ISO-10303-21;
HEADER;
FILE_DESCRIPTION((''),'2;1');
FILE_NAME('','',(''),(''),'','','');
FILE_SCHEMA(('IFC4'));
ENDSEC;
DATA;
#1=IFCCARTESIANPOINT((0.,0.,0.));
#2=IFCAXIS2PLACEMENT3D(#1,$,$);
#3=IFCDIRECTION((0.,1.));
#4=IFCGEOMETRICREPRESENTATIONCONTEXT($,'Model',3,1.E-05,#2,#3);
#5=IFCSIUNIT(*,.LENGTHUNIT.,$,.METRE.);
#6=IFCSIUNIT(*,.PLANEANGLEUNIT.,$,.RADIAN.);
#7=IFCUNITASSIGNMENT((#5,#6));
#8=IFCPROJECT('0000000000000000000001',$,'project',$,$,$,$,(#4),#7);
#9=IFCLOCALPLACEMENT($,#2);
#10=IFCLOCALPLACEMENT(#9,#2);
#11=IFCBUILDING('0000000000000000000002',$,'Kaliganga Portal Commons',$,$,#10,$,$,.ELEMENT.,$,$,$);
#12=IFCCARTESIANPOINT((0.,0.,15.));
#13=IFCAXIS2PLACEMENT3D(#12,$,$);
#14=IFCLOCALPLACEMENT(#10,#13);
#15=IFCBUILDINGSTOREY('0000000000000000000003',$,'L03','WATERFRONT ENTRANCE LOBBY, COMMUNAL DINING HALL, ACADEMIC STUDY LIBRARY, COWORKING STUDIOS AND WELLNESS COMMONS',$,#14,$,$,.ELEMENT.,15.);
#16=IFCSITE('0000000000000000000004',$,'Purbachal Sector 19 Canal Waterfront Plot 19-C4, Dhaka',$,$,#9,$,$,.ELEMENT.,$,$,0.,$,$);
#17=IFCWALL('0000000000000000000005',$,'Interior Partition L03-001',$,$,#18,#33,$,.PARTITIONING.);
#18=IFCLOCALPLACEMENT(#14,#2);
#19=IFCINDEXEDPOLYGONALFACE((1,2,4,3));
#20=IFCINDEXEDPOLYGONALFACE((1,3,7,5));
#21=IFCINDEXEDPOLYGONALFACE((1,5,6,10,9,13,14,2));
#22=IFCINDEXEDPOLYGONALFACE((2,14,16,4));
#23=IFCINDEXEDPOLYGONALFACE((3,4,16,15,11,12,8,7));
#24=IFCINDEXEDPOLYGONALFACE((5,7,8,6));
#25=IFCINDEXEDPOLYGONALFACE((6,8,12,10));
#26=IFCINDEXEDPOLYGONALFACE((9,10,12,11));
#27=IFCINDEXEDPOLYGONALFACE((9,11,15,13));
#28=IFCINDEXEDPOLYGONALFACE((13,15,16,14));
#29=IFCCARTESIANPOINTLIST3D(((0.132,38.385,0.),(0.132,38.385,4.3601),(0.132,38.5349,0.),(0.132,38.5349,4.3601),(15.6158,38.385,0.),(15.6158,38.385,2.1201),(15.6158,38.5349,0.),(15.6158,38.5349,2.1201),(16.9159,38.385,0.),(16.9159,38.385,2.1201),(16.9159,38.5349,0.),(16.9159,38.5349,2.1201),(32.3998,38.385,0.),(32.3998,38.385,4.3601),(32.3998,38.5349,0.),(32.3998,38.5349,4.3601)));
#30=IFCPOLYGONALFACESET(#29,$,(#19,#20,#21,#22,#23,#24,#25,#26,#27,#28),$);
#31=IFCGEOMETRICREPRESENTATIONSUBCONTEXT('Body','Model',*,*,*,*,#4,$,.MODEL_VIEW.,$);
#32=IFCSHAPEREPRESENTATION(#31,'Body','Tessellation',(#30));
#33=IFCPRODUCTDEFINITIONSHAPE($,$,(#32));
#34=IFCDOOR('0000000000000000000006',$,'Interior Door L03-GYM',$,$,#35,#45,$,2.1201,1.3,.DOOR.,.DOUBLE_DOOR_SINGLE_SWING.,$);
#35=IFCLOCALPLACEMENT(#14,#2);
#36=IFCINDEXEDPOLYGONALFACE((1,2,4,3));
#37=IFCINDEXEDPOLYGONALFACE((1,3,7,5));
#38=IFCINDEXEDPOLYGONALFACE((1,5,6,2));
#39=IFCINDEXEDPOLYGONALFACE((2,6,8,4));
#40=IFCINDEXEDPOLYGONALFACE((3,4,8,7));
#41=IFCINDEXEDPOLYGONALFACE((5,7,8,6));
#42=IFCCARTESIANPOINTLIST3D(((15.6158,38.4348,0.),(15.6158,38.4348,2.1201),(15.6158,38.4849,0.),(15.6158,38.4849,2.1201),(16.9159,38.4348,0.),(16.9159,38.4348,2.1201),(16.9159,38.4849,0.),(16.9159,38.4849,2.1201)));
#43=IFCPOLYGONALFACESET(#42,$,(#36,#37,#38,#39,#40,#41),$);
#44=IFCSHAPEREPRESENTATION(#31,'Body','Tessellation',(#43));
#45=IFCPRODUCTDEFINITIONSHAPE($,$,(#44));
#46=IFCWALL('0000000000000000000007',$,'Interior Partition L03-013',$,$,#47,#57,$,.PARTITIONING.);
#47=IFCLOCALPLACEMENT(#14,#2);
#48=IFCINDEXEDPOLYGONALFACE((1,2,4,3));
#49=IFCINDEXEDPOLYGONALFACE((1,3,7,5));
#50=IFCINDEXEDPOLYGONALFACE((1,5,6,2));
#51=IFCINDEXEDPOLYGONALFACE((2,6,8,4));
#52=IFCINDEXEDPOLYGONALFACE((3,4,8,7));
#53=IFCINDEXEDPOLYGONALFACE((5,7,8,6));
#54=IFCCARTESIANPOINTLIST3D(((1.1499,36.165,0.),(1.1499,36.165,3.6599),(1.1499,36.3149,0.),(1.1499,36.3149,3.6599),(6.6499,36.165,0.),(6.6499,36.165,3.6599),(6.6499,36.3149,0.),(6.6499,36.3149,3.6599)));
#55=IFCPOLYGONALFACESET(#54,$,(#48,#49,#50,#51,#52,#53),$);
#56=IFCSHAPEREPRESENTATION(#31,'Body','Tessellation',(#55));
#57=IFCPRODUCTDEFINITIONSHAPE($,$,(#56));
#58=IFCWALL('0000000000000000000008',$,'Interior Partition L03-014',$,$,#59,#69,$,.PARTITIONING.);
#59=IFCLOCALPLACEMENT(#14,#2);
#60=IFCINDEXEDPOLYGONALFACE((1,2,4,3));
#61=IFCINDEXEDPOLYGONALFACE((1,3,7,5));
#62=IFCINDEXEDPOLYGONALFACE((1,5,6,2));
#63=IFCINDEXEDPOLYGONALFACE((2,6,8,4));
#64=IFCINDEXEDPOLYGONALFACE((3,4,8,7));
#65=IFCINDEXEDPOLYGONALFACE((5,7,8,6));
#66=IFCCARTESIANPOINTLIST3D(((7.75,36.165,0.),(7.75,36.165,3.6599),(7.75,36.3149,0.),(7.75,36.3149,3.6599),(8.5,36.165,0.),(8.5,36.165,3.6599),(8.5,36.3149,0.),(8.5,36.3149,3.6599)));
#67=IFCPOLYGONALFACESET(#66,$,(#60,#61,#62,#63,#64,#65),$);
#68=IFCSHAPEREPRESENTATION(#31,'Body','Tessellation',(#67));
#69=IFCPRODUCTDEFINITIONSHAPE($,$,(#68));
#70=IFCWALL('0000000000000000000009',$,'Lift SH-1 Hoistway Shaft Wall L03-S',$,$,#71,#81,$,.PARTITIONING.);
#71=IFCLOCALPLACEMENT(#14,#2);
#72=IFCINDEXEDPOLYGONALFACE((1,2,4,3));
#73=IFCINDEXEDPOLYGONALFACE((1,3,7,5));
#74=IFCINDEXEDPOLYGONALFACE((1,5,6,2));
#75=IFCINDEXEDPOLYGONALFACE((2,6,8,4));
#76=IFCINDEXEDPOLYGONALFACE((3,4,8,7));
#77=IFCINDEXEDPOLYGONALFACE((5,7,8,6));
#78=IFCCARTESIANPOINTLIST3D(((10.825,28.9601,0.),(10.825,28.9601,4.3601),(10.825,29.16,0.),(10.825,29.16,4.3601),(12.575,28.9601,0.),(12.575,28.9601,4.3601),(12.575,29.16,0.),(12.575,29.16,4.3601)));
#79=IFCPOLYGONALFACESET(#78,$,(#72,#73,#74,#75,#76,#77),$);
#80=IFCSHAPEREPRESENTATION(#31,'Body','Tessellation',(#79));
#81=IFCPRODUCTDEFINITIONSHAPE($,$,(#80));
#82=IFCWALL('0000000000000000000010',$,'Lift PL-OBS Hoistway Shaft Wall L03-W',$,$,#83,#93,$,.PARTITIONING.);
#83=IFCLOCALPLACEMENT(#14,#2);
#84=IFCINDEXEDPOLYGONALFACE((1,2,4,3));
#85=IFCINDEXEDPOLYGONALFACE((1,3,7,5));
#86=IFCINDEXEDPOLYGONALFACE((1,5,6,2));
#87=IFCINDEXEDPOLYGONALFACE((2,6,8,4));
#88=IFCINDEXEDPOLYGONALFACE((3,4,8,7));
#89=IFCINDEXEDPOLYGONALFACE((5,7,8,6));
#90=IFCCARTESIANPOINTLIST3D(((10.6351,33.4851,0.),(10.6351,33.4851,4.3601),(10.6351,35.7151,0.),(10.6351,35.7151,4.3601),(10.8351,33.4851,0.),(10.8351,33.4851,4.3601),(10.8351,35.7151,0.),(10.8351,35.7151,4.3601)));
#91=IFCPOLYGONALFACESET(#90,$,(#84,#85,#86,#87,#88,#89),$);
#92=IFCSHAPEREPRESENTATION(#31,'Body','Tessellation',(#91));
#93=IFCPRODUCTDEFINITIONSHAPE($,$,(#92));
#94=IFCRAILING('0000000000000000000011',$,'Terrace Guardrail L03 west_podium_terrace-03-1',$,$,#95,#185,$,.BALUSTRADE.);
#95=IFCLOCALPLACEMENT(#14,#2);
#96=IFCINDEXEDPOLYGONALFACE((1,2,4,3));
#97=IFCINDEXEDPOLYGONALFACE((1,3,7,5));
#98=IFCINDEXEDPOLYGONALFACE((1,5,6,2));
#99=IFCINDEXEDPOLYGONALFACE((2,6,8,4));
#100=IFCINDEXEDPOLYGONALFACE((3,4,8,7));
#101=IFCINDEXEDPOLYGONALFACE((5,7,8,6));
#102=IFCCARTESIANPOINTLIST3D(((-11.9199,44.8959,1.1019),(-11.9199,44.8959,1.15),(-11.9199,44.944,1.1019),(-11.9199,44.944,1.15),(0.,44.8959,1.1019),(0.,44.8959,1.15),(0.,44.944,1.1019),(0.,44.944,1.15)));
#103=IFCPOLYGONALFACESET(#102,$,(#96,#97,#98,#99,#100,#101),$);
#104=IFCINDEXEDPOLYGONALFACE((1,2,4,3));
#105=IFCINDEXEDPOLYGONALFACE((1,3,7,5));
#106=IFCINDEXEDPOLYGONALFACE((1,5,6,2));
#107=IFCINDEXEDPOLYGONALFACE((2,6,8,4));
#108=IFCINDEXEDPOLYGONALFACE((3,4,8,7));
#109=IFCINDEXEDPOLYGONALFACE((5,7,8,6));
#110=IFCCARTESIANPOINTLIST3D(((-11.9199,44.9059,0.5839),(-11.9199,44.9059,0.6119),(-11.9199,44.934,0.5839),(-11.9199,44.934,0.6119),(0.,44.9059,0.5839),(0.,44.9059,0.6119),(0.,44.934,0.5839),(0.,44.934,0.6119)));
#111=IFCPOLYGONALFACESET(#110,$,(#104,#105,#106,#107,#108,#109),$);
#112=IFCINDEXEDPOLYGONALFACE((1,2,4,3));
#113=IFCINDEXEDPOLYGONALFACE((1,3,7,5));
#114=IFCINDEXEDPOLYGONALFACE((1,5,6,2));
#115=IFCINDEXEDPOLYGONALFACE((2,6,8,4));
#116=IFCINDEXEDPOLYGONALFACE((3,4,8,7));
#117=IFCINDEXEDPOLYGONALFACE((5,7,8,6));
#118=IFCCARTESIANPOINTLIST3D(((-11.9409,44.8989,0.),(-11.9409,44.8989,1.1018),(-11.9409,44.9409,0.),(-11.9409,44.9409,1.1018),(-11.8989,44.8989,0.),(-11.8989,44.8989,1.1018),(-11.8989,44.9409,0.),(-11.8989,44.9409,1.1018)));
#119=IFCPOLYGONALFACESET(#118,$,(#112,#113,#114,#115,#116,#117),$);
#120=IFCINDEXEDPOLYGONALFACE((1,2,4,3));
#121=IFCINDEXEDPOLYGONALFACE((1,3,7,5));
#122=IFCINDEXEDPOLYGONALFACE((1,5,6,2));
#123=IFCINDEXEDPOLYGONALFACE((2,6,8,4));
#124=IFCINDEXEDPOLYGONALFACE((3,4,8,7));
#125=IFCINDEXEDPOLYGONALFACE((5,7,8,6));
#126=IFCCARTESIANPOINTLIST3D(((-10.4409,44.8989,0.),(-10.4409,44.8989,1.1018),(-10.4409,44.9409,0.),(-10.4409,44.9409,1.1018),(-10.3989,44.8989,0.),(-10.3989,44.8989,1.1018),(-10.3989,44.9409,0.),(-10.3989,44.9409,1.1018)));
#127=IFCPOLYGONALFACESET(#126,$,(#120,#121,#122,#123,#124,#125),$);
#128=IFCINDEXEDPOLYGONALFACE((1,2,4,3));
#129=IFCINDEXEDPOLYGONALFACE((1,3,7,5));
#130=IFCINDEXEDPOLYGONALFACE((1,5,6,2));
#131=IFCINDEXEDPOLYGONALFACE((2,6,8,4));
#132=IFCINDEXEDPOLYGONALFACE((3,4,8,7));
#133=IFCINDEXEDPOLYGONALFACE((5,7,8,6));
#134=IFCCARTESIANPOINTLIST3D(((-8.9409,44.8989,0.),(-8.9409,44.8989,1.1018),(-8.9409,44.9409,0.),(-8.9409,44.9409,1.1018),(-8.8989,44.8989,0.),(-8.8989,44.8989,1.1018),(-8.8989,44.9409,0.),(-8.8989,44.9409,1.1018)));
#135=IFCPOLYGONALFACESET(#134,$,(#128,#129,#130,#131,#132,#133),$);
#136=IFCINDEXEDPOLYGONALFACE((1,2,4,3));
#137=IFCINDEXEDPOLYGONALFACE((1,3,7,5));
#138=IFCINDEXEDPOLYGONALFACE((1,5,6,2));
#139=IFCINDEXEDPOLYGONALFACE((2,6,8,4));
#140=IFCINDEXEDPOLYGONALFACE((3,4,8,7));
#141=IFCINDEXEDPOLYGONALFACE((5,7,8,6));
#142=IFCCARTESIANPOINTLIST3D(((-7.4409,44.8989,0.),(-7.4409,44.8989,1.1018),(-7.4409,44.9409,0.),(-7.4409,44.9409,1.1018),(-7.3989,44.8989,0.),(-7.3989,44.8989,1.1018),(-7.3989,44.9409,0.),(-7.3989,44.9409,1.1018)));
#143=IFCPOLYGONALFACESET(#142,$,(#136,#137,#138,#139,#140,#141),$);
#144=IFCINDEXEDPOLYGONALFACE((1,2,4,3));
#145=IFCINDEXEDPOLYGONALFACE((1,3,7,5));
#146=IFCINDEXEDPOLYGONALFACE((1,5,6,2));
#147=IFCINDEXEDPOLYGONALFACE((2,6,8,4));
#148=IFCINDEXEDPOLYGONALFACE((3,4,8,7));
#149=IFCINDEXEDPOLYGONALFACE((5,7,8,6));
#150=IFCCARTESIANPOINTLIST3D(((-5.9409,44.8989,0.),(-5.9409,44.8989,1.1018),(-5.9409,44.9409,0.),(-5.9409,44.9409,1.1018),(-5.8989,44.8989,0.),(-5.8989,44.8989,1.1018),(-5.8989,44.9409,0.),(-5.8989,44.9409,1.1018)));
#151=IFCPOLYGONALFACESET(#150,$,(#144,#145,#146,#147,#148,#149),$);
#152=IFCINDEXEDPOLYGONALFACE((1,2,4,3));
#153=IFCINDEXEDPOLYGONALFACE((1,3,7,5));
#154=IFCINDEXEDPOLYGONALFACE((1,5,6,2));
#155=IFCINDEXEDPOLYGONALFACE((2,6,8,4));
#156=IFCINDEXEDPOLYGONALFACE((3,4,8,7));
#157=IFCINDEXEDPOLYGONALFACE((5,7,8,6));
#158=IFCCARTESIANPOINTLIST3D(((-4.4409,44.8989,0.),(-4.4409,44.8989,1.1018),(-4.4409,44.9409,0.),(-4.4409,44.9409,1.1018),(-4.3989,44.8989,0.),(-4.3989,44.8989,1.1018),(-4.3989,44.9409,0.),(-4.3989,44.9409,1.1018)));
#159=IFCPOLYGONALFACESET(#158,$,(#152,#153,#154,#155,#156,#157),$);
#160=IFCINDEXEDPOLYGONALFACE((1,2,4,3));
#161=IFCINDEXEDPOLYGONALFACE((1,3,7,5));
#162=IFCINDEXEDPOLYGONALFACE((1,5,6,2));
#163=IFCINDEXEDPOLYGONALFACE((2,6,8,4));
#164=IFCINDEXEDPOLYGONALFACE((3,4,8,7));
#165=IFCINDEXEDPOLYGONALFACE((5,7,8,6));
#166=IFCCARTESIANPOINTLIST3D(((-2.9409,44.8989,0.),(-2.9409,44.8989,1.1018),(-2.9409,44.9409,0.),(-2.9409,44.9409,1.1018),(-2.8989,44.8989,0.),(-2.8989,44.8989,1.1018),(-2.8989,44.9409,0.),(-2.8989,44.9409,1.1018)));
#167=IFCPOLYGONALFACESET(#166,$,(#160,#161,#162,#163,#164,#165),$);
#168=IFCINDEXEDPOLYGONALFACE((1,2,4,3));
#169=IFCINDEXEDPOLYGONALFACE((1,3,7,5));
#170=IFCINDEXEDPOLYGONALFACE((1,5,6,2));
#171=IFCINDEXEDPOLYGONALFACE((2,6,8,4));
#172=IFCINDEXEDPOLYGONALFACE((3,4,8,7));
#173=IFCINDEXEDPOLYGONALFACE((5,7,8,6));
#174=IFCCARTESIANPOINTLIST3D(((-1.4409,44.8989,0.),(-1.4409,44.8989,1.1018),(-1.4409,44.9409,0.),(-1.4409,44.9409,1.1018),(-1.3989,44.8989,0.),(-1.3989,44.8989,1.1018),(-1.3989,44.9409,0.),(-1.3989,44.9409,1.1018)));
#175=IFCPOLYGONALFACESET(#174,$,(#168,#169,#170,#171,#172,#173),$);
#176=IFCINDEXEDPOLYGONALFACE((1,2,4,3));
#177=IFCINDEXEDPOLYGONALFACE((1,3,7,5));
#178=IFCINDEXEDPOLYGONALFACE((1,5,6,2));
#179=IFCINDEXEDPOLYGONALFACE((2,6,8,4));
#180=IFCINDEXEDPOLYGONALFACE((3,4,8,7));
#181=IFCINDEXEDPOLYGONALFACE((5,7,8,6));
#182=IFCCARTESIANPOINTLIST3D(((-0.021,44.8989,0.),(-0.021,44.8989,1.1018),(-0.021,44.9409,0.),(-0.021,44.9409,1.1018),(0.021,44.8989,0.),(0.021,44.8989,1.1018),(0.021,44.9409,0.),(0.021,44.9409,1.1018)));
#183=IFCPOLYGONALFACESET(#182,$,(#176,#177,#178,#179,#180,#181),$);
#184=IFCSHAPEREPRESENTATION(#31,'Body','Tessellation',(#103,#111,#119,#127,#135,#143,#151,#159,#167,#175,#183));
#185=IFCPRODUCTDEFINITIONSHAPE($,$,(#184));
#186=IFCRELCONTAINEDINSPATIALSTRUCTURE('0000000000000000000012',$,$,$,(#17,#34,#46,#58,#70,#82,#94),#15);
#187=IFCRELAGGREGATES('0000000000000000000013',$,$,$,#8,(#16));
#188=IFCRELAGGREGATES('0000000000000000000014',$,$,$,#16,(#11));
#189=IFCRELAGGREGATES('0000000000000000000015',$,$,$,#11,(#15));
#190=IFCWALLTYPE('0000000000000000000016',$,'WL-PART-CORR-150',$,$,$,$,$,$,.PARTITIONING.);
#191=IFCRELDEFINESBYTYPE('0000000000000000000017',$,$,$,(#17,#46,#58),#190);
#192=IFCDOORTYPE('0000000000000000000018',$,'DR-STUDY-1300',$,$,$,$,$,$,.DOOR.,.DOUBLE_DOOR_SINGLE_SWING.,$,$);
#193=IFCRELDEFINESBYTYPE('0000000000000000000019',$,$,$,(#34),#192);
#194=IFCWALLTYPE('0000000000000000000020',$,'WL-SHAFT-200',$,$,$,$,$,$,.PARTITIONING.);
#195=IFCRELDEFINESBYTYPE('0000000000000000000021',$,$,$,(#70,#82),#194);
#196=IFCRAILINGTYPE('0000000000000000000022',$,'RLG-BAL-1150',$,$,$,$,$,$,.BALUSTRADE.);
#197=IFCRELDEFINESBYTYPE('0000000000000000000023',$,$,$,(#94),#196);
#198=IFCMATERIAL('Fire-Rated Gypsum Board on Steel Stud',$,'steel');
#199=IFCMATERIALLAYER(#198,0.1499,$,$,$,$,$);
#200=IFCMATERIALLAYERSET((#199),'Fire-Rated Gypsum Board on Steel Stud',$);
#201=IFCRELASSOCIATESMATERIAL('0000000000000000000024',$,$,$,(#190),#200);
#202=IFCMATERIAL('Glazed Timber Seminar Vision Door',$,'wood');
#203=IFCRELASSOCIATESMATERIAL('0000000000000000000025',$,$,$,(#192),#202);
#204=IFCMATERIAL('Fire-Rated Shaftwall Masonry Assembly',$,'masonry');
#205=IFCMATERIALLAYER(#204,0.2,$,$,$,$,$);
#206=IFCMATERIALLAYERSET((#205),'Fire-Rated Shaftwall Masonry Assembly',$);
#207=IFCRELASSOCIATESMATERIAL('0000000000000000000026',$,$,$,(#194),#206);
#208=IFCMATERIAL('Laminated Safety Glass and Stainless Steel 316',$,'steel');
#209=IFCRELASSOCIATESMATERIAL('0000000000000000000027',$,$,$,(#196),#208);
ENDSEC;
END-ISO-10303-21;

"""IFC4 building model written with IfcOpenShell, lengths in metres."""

from ifc_helpers import new_model, si_unit, direction, frame, frame_2d, origin, origin_2d, place, context, subcontext, project, spatial, rectangle, extrude, material, layer, layer_set, type_object, element, fill, save


model = new_model("IFC4")

# Units and contexts
model_context = context("Model", 3, precision=1e-05, world=origin(), true_north=direction((0.0, 1.0)))
body_context = subcontext(model_context, "Body", "Model", "MODEL_VIEW")
ifc_project = project(units=[si_unit("LENGTHUNIT", "METRE"), si_unit("PLANEANGLEUNIT", "RADIAN")], contexts=[model_context])

# Site, building, storey
site_placement = place(None, origin())
site = spatial("IfcSite", under=ifc_project, at=site_placement, Name="Purbachal Sector 19 Canal Waterfront Plot 19-C4, Dhaka", CompositionType="ELEMENT", RefElevation=0.0)
building_placement = place(site_placement, origin())
building = spatial("IfcBuilding", under=site, at=building_placement, Name="Kaliganga Portal Commons", CompositionType="ELEMENT")
storey_placement = place(building_placement, frame((0.0, 0.0, 15.0)))
storey = spatial("IfcBuildingStorey", under=building, at=storey_placement, Name="L03", Description="WATERFRONT ENTRANCE LOBBY, COMMUNAL DINING HALL, ACADEMIC STUDY LIBRARY, COWORKING STUDIOS AND WELLNESS COMMONS", CompositionType="ELEMENT", Elevation=15.0)

# Wall, opening, door
ifc_material_1 = material(Name="Fire-Rated Gypsum Board on Steel Stud", Category="steel")
ifc_layer_1 = layer(ifc_material_1, 0.1499)
ifc_layer_set_1 = layer_set([ifc_layer_1], Name="Fire-Rated Gypsum Board on Steel Stud")
wall_type_1 = type_object("IfcWallType", Name="WL-PART-CORR-150", PredefinedType="PARTITIONING", material=ifc_layer_set_1)
wall_1_placement = place(storey_placement, frame((0.1321, 38.46, 0.0), z_axis=(0.0, 0.0, 1.0), x_axis=(1.0, 0.0, 0.0)))
wall_1 = element("IfcWall", 1, at=wall_1_placement, inside=storey, type_object=wall_type_1, Name="Interior Partition L03-001", PredefinedType="PARTITIONING", context=body_context, shape_type="SweptSolid", body=[
    extrude(rectangle(XDim=32.2678, YDim=0.1499, at=frame_2d((16.1338, 0.0))), origin(), (0.0, 0.0, 1.0), 4.3601),
])
opening_1_placement = place(wall_1_placement, frame((15.4839, 0.0, 0.0)))
opening_1 = element("IfcOpeningElement", 2, at=opening_1_placement, cuts=wall_1, PredefinedType="OPENING", context=body_context, shape_type="SweptSolid", body=[
    extrude(rectangle(XDim=1.3, YDim=2.1201, at=frame_2d((0.6499, 1.0601))), frame((0.0, 0.085, 0.0), z_axis=(0.0, -1.0, 0.0), x_axis=(1.0, 0.0, 0.0)), (0.0, 0.0, 1.0), 0.1699),
])
ifc_material_2 = material(Name="Glazed Timber Seminar Vision Door", Category="wood")
door_type_1 = type_object("IfcDoorType", Name="DR-STUDY-1300", OperationType="DOUBLE_DOOR_SINGLE_SWING", PredefinedType="DOOR", material=ifc_material_2)
door_1_placement = place(opening_1_placement, origin())
door_1 = element("IfcDoor", 3, at=door_1_placement, inside=storey, type_object=door_type_1, Name="Interior Door L03-GYM", OperationType="DOUBLE_DOOR_SINGLE_SWING", OverallHeight=2.1201, OverallWidth=1.3, PredefinedType="DOOR", context=body_context, shape_type="SweptSolid", body=[
    extrude(rectangle(XDim=1.3, YDim=2.1201, at=frame_2d((0.6499, 1.0601))), frame((0.0, 0.0249, 0.0), z_axis=(0.0, -1.0, 0.0), x_axis=(1.0, 0.0, 0.0)), (0.0, 0.0, 1.0), 0.05),
])
fill(opening_1, door_1)

# Walls
wall_2_placement = place(storey_placement, frame((1.1499, 36.24, 0.0), z_axis=(0.0, 0.0, 1.0), x_axis=(1.0, 0.0, 0.0)))
element("IfcWall", 4, at=wall_2_placement, inside=storey, type_object=wall_type_1, Name="Interior Partition L03-013", PredefinedType="PARTITIONING", context=body_context, shape_type="SweptSolid", body=[
    extrude(rectangle(XDim=5.5, YDim=0.1499, at=frame_2d((2.75, 0.0))), origin(), (0.0, 0.0, 1.0), 3.6599),
])
wall_3_placement = place(storey_placement, frame((7.75, 36.24, 0.0), z_axis=(0.0, 0.0, 1.0), x_axis=(1.0, 0.0, 0.0)))
element("IfcWall", 5, at=wall_3_placement, inside=storey, type_object=wall_type_1, Name="Interior Partition L03-014", PredefinedType="PARTITIONING", context=body_context, shape_type="SweptSolid", body=[
    extrude(rectangle(XDim=0.75, YDim=0.1499, at=frame_2d((0.375, 0.0))), origin(), (0.0, 0.0, 1.0), 3.6599),
])
ifc_material_3 = material(Name="Fire-Rated Shaftwall Masonry Assembly", Category="masonry")
ifc_layer_2 = layer(ifc_material_3, 0.2)
ifc_layer_set_2 = layer_set([ifc_layer_2], Name="Fire-Rated Shaftwall Masonry Assembly")
wall_type_2 = type_object("IfcWallType", Name="WL-SHAFT-200", PredefinedType="PARTITIONING", material=ifc_layer_set_2)
wall_4_placement = place(storey_placement, frame((10.825, 29.0601, 0.0), z_axis=(0.0, 0.0, 1.0), x_axis=(1.0, 0.0, 0.0)))
element("IfcWall", 6, at=wall_4_placement, inside=storey, type_object=wall_type_2, Name="Lift SH-1 Hoistway Shaft Wall L03-S", PredefinedType="PARTITIONING", context=body_context, shape_type="SweptSolid", body=[
    extrude(rectangle(XDim=1.75, YDim=0.2, at=frame_2d((0.875, 0.0))), origin(), (0.0, 0.0, 1.0), 4.3601),
])

# Wall
wall_5_placement = place(storey_placement, frame((10.7351, 33.4851, 0.0), z_axis=(0.0, 0.0, 1.0), x_axis=(0.0, 1.0, 0.0)))
element("IfcWall", 7, at=wall_5_placement, inside=storey, type_object=wall_type_2, Name="Lift PL-OBS Hoistway Shaft Wall L03-W", PredefinedType="PARTITIONING", context=body_context, shape_type="SweptSolid", body=[
    extrude(rectangle(XDim=2.23, YDim=0.2, at=frame_2d((1.115, 0.0))), origin(), (0.0, 0.0, 1.0), 4.3601),
])

# Railing
ifc_material_4 = material(Name="Laminated Safety Glass and Stainless Steel 316", Category="steel")
railing_type = type_object("IfcRailingType", Name="RLG-BAL-1150", PredefinedType="BALUSTRADE", material=ifc_material_4)
railing_placement = place(storey_placement, frame((-11.9199, 44.9199, 0.0)))
element("IfcRailing", 8, at=railing_placement, inside=storey, type_object=railing_type, Name="Terrace Guardrail L03 west_podium_terrace-03-1", PredefinedType="BALUSTRADE", context=body_context, shape_type="SweptSolid", body=[
    extrude(rectangle(XDim=0.0481, YDim=0.0481, at=origin_2d()), frame((0.0, 0.0, 1.126), z_axis=(1.0, 0.0, 0.0), x_axis=(0.0, 1.0, 0.0)), (0.0, 0.0, 1.0), 11.9199),
    extrude(rectangle(XDim=0.0281, YDim=0.0281, at=origin_2d()), frame((0.0, 0.0, 0.5979), z_axis=(1.0, 0.0, 0.0), x_axis=(0.0, 1.0, 0.0)), (0.0, 0.0, 1.0), 11.9199),
    extrude(rectangle(XDim=0.042, YDim=0.042, at=origin_2d()), origin(), (0.0, 0.0, 1.0), 1.1018),
    extrude(rectangle(XDim=0.042, YDim=0.042, at=origin_2d()), frame((1.5, 0.0, 0.0)), (0.0, 0.0, 1.0), 1.1018),
    extrude(rectangle(XDim=0.042, YDim=0.042, at=origin_2d()), frame((3.0, 0.0, 0.0)), (0.0, 0.0, 1.0), 1.1018),
    extrude(rectangle(XDim=0.042, YDim=0.042, at=origin_2d()), frame((4.5, 0.0, 0.0)), (0.0, 0.0, 1.0), 1.1018),
    extrude(rectangle(XDim=0.042, YDim=0.042, at=origin_2d()), frame((6.0, 0.0, 0.0)), (0.0, 0.0, 1.0), 1.1018),
    extrude(rectangle(XDim=0.042, YDim=0.042, at=origin_2d()), frame((7.5, 0.0, 0.0)), (0.0, 0.0, 1.0), 1.1018),
    extrude(rectangle(XDim=0.042, YDim=0.042, at=origin_2d()), frame((9.0, 0.0, 0.0)), (0.0, 0.0, 1.0), 1.1018),
    extrude(rectangle(XDim=0.042, YDim=0.042, at=origin_2d()), frame((10.5, 0.0, 0.0)), (0.0, 0.0, 1.0), 1.1018),
    extrude(rectangle(XDim=0.042, YDim=0.042, at=origin_2d()), frame((11.9199, 0.0, 0.0)), (0.0, 0.0, 1.0), 1.1018),
])

save(model, "model.ifc")
